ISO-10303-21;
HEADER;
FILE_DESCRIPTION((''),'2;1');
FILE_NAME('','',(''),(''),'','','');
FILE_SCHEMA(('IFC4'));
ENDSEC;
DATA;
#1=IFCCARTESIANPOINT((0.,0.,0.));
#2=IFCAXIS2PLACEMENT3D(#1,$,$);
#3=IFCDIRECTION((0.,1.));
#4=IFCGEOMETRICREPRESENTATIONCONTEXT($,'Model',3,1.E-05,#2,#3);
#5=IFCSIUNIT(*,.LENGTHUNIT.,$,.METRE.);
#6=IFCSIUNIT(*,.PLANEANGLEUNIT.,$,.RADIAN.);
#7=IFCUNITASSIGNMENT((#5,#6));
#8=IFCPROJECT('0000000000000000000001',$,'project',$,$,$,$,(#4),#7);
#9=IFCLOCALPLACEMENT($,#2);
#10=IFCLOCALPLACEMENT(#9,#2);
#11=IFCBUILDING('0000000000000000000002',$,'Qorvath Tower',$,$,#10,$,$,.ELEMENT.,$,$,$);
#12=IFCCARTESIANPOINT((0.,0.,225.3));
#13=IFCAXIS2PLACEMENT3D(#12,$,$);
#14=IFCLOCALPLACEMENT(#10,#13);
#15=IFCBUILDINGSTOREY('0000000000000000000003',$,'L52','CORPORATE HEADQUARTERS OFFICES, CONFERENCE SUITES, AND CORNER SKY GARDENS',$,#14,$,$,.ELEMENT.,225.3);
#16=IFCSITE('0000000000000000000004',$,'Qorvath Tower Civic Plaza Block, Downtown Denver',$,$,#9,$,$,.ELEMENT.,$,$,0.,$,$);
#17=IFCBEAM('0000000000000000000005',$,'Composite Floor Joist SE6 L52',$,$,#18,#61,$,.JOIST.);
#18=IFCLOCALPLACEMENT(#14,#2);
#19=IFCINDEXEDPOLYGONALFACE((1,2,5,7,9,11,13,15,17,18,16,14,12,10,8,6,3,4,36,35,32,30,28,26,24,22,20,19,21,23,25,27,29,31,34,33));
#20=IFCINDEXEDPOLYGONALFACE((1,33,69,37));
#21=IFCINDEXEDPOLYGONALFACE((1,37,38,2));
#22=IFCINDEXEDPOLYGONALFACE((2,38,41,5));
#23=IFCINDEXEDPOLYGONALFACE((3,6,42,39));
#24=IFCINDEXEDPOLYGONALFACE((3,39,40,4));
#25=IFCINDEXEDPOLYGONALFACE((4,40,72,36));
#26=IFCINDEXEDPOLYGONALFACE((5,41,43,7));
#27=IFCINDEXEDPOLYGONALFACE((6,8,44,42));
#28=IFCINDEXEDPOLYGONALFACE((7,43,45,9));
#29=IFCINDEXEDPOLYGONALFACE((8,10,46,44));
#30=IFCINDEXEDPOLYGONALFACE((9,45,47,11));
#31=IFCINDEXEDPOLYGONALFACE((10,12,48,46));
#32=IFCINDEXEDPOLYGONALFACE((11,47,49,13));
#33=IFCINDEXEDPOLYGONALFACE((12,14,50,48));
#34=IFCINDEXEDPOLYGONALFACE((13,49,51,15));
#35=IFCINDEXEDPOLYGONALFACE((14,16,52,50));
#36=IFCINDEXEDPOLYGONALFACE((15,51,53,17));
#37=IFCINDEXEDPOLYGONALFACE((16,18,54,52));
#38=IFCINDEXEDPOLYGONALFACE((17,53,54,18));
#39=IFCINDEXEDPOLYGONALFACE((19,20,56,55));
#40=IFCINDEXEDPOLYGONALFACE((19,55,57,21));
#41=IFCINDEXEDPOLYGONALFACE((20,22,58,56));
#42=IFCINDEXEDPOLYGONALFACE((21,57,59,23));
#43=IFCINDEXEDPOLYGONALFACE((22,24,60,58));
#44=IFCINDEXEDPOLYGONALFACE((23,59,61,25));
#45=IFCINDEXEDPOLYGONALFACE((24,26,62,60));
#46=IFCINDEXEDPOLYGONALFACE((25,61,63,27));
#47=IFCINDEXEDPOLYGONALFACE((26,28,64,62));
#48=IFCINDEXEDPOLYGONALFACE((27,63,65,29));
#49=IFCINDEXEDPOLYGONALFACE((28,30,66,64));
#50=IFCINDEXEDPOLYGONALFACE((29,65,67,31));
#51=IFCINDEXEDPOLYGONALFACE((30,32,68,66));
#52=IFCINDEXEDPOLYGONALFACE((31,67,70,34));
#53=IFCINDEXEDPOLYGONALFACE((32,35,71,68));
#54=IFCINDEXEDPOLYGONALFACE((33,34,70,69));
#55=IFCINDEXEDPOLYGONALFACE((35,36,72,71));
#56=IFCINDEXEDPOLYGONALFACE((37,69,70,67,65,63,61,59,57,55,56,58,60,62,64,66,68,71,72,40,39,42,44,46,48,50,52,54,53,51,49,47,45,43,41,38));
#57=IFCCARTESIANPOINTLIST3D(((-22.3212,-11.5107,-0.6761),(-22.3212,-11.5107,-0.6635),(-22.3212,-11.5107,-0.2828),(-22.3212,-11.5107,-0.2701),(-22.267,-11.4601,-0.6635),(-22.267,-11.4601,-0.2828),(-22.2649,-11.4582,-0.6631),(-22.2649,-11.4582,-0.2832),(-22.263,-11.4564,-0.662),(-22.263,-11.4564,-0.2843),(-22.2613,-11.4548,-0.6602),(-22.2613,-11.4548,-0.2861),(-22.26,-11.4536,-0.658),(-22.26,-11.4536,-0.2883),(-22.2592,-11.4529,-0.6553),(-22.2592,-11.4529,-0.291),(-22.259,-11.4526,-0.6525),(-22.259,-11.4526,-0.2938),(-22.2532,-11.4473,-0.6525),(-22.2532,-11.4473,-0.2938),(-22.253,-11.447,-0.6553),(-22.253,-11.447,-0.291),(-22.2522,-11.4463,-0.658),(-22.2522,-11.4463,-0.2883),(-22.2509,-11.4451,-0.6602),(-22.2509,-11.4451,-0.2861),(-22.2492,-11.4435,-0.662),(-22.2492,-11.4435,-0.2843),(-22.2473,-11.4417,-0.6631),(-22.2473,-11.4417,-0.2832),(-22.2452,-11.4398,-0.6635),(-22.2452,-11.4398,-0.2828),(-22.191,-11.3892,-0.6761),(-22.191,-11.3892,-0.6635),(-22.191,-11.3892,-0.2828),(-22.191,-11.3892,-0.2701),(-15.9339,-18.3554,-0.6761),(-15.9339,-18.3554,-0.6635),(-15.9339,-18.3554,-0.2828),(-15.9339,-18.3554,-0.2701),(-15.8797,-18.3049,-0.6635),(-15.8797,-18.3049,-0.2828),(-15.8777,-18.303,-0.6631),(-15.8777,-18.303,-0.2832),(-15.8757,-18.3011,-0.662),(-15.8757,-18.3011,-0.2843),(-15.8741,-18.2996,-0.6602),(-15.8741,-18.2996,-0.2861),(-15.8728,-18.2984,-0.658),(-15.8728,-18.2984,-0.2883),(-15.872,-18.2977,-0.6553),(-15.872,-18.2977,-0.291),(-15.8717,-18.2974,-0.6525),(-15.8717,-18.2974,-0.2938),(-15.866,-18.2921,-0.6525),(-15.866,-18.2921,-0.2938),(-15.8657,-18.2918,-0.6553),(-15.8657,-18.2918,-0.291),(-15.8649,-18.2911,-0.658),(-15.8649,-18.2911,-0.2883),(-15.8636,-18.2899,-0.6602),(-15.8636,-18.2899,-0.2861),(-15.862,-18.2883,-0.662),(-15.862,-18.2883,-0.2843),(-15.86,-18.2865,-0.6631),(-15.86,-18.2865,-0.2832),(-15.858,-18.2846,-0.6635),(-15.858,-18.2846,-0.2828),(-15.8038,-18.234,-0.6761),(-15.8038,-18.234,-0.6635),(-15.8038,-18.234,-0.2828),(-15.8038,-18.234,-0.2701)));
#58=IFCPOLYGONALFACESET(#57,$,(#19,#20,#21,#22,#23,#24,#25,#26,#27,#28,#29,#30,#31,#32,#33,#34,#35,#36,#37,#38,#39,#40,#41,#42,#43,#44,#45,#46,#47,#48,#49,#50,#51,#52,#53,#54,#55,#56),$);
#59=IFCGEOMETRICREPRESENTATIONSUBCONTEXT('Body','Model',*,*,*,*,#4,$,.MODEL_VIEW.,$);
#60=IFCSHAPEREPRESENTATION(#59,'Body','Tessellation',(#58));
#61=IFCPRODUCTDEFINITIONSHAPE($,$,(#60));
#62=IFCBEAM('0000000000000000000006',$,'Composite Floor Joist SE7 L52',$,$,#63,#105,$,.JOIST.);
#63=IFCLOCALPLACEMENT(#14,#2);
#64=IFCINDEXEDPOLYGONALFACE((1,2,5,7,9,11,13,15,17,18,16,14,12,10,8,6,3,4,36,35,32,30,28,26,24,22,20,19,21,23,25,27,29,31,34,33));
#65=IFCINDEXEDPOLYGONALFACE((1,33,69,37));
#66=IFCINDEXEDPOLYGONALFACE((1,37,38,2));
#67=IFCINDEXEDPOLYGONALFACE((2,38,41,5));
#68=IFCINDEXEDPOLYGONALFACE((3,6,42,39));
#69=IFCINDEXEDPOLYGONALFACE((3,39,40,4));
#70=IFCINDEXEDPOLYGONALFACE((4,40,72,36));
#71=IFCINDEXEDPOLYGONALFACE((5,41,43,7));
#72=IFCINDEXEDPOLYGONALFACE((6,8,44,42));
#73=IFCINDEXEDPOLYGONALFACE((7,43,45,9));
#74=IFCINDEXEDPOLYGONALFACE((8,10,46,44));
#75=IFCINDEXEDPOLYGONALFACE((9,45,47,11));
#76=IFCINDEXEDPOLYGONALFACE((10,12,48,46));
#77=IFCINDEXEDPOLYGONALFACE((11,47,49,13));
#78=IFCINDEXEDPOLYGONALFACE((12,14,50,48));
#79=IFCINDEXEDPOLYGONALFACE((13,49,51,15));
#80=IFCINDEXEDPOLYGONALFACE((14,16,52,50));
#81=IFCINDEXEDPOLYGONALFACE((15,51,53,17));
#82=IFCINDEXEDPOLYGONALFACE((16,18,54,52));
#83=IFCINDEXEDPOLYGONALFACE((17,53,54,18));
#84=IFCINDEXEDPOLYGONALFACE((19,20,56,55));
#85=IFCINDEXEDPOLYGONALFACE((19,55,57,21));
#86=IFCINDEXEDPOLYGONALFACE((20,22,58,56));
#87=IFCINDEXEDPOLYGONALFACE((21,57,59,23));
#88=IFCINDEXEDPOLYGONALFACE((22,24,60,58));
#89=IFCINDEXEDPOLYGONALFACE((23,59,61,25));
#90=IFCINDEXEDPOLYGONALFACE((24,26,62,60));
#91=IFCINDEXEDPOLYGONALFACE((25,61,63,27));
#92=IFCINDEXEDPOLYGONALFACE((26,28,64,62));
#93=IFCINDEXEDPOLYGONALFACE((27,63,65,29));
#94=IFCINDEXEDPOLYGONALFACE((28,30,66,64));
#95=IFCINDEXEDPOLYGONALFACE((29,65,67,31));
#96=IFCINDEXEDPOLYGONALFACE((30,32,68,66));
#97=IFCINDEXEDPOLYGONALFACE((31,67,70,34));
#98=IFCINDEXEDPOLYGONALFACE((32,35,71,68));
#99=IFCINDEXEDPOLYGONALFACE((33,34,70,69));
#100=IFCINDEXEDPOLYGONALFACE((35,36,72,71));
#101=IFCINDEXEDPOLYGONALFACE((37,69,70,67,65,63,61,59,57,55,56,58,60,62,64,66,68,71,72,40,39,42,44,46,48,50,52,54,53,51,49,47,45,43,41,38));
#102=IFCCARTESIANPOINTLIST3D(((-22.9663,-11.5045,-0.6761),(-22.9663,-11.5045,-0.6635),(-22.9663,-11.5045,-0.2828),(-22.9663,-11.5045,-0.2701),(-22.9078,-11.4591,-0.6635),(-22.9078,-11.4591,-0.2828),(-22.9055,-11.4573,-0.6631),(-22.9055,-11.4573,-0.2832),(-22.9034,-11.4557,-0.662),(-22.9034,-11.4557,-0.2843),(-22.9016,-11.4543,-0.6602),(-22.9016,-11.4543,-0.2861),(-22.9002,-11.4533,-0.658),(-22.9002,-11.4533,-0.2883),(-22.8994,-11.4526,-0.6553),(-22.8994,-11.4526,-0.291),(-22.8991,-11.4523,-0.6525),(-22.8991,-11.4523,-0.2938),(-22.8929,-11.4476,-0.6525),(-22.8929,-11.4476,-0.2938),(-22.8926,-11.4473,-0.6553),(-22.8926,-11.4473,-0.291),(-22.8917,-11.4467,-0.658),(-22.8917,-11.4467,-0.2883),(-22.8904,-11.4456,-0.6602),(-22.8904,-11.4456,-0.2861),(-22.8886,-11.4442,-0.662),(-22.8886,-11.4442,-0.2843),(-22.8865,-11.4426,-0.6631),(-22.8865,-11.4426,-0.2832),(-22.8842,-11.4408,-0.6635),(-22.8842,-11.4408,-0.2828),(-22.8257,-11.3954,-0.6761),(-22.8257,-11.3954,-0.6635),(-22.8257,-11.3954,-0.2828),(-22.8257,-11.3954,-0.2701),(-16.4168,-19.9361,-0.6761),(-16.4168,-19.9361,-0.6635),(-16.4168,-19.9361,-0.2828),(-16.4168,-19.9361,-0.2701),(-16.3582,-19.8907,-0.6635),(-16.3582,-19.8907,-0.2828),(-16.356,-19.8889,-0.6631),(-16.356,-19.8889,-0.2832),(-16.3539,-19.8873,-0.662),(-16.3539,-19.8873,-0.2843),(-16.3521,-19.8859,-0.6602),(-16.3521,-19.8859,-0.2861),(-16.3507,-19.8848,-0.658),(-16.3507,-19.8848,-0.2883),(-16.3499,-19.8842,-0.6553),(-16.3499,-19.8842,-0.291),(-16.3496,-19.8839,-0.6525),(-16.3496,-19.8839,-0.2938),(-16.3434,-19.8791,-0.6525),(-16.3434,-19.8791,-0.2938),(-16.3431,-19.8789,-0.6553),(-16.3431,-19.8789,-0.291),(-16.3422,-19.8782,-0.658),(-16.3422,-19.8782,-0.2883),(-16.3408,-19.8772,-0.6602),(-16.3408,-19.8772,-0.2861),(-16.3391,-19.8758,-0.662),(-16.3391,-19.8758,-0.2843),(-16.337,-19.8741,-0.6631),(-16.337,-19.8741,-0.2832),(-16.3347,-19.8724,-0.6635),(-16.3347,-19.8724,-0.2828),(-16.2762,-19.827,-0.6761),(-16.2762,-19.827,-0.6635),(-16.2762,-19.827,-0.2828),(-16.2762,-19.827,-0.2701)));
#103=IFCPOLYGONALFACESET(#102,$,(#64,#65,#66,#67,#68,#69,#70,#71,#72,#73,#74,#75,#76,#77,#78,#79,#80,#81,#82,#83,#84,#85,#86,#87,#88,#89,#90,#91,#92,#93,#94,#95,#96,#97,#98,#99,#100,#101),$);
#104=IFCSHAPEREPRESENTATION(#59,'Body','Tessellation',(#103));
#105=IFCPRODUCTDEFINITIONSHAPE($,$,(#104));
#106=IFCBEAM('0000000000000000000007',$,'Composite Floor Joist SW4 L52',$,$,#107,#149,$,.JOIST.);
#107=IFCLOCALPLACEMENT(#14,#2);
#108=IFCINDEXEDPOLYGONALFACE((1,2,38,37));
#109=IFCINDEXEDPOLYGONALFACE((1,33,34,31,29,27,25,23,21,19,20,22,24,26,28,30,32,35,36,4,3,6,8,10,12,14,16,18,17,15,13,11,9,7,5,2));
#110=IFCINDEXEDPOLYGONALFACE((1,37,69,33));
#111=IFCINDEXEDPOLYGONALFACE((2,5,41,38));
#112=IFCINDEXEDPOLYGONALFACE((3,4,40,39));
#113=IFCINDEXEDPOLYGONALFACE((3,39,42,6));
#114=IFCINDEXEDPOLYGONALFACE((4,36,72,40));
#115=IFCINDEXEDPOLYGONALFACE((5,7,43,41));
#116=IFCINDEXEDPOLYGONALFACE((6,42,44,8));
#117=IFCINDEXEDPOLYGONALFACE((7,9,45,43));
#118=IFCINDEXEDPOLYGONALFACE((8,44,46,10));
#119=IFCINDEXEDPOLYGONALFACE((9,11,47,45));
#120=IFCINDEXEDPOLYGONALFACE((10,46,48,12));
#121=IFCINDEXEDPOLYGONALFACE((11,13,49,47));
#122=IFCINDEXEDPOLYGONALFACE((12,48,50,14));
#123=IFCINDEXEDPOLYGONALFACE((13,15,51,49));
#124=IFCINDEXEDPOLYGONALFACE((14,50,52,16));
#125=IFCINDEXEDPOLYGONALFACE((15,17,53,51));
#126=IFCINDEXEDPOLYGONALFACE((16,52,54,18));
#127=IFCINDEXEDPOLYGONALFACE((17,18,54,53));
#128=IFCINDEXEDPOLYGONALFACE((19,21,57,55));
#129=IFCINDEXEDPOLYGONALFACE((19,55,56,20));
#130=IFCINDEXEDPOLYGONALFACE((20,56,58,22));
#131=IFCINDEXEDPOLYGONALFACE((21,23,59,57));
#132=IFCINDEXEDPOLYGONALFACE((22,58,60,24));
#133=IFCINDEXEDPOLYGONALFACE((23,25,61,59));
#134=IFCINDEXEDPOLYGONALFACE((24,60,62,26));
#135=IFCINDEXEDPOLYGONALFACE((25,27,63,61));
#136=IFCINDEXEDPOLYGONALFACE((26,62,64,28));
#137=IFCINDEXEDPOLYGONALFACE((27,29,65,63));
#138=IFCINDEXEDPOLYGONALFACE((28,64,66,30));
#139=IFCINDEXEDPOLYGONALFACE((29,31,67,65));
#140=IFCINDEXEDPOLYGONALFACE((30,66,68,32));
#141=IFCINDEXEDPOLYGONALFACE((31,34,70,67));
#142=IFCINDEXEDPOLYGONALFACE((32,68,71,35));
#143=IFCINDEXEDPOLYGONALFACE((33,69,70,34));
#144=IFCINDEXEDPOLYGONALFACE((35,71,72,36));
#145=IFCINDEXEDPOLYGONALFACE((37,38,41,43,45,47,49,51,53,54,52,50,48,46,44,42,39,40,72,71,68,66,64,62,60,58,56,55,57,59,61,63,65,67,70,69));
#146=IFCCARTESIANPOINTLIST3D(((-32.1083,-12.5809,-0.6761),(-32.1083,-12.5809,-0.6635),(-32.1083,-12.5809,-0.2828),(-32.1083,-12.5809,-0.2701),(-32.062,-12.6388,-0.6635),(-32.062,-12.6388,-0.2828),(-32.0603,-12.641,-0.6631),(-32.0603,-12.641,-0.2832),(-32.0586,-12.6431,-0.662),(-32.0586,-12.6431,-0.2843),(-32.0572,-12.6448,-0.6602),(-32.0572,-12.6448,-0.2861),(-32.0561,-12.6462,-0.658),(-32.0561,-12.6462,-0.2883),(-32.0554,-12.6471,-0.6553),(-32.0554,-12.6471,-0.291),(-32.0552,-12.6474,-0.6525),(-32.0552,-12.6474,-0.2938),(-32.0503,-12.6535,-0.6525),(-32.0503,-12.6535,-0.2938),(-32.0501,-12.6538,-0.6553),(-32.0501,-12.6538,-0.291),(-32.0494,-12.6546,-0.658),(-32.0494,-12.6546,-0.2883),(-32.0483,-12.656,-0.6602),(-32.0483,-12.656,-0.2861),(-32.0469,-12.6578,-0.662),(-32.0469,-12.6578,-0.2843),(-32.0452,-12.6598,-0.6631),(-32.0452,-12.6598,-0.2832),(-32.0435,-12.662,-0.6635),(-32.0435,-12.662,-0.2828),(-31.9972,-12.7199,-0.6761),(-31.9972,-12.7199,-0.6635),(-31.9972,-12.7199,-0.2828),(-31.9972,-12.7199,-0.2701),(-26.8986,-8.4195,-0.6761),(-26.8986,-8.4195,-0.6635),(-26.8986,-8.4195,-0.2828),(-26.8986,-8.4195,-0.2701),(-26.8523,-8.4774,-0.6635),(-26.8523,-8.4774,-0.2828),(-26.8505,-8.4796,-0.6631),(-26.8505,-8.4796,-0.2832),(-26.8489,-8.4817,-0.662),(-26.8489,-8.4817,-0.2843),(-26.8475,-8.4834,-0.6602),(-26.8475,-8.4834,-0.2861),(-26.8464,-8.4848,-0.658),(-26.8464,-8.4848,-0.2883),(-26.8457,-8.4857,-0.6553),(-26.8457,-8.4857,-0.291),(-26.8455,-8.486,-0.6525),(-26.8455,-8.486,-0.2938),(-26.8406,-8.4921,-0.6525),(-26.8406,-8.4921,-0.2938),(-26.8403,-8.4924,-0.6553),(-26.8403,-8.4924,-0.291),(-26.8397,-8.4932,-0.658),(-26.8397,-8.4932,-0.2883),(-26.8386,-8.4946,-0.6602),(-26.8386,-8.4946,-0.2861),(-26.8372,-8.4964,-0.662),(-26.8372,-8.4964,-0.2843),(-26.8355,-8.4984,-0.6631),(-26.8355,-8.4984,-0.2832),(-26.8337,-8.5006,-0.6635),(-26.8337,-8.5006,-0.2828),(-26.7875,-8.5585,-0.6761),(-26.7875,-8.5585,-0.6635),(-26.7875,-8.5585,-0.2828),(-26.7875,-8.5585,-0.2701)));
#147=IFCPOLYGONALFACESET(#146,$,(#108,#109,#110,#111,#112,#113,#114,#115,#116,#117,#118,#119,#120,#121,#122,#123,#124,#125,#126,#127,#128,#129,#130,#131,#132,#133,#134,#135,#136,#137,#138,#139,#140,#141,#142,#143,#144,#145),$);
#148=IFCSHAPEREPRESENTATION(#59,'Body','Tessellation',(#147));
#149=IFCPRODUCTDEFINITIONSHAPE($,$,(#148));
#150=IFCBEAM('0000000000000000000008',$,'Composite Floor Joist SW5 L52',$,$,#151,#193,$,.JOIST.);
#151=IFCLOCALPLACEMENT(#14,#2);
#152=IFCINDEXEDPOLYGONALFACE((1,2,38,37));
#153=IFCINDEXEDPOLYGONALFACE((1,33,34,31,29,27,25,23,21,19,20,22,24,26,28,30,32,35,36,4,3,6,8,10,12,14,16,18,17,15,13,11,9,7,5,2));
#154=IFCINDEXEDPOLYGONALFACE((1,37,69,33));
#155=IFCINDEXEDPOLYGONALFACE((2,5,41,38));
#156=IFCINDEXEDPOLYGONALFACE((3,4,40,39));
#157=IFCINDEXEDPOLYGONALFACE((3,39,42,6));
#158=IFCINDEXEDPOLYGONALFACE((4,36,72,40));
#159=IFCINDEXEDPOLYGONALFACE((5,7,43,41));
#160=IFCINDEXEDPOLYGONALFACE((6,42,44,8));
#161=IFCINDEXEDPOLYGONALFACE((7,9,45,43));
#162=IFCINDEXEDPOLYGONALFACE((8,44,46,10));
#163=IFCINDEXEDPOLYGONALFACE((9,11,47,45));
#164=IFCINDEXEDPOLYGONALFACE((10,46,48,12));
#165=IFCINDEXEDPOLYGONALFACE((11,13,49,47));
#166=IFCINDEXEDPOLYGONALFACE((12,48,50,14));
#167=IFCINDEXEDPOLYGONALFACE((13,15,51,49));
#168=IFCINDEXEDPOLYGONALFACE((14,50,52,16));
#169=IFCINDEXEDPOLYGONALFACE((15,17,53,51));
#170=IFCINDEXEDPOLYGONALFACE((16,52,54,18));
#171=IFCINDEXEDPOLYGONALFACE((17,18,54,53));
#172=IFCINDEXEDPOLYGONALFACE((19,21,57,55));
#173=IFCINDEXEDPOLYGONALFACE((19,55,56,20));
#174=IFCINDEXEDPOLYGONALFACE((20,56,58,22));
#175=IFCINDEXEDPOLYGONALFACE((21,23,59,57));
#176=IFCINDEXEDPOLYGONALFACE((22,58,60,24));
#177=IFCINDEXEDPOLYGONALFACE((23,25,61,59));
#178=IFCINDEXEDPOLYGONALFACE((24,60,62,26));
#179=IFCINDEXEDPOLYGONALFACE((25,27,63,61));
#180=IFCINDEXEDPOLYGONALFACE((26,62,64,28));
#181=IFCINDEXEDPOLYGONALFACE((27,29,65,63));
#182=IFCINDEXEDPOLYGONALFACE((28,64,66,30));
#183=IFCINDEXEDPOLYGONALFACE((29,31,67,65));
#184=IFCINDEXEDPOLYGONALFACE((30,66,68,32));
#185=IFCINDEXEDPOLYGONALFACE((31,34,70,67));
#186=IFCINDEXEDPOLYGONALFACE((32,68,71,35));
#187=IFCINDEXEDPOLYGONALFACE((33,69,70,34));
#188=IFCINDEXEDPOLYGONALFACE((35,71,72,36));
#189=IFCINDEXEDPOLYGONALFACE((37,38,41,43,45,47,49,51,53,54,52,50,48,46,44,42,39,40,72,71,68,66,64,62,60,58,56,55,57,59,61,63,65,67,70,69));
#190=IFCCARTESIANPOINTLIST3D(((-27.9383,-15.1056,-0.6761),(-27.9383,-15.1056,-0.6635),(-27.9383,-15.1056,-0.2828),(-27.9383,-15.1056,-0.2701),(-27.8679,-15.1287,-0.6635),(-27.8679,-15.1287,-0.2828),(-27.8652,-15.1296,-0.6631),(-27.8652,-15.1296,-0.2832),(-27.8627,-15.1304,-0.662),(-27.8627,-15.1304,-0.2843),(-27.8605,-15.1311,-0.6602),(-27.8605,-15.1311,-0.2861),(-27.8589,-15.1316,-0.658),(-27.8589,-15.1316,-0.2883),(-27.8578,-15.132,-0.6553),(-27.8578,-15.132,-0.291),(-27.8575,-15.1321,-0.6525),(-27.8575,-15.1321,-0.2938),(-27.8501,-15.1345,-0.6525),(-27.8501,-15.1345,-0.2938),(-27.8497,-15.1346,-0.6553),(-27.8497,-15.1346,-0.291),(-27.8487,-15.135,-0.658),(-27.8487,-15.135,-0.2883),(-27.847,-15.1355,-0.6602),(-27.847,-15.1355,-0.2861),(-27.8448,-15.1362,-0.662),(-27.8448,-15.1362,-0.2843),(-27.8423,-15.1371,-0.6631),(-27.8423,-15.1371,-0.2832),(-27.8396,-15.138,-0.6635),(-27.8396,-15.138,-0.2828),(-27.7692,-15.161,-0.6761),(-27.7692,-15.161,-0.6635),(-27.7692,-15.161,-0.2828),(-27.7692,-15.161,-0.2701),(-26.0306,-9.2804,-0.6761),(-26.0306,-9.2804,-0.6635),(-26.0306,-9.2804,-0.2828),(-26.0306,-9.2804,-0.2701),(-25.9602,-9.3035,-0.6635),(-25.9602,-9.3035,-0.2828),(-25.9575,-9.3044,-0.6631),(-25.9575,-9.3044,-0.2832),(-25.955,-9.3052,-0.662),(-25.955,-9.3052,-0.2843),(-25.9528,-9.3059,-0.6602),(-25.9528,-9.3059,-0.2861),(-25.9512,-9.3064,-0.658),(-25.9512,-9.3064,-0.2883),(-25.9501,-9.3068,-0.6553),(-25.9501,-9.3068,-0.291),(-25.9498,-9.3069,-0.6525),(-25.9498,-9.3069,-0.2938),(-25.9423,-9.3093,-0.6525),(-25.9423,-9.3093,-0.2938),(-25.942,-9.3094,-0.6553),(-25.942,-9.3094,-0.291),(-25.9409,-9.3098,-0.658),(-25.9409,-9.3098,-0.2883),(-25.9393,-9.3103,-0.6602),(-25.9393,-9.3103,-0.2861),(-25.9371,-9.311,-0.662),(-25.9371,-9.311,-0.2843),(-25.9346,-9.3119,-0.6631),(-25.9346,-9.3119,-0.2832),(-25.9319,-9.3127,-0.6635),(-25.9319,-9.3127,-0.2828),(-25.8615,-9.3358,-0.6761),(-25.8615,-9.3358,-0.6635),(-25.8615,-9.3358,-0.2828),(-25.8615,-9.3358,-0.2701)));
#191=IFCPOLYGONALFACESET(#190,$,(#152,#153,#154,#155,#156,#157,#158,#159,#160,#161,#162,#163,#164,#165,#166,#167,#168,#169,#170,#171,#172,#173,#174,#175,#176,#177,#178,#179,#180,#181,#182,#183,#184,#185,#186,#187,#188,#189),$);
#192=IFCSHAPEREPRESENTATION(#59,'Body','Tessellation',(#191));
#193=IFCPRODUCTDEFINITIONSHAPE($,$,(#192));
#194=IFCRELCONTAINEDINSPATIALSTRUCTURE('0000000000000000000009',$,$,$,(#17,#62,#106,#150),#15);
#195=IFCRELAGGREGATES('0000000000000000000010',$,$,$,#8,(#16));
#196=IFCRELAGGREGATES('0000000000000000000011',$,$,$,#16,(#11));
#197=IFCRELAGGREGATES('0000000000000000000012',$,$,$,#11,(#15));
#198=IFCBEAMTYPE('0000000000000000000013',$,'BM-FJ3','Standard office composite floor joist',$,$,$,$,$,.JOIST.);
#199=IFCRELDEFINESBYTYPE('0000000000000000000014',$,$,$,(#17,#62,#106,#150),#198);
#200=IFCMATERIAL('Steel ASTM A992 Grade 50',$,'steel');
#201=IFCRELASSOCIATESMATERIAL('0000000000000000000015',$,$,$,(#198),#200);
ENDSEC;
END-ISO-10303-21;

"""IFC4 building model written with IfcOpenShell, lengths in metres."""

from ifc_helpers import new_model, si_unit, direction, frame, origin, origin_2d, place, context, subcontext, project, spatial, i_section, extrude, material, material_profile, profile_set, type_object, element, save


model = new_model("IFC4")

# Units and contexts
model_context = context("Model", 3, precision=1e-05, world=origin(), true_north=direction((0.0, 1.0)))
body_context = subcontext(model_context, "Body", "Model", "MODEL_VIEW")
ifc_project = project(units=[si_unit("LENGTHUNIT", "METRE"), si_unit("PLANEANGLEUNIT", "RADIAN")], contexts=[model_context])

# Site, building, storey
site_placement = place(None, origin())
site = spatial("IfcSite", under=ifc_project, at=site_placement, Name="Qorvath Tower Civic Plaza Block, Downtown Denver", CompositionType="ELEMENT", RefElevation=0.0)
building_placement = place(site_placement, origin())
building = spatial("IfcBuilding", under=site, at=building_placement, Name="Qorvath Tower", CompositionType="ELEMENT")
storey_placement = place(building_placement, frame((0.0, 0.0, 225.3)))
storey = spatial("IfcBuildingStorey", under=building, at=storey_placement, Name="L52", Description="CORPORATE HEADQUARTERS OFFICES, CONFERENCE SUITES, AND CORNER SKY GARDENS", CompositionType="ELEMENT", Elevation=225.3)

# Beams
ifc_material_1 = material(Name="Steel ASTM A992 Grade 50", Category="steel")
ifc_material_profile_1 = material_profile(ifc_material_1, i_section(OverallWidth=0.178, OverallDepth=0.406, WebThickness=0.0078, FlangeThickness=0.0127, FilletRadius=0.011, at=origin_2d()), Name="W16x40")
ifc_profile_set_1 = profile_set([ifc_material_profile_1], Name="Steel ASTM A992 Grade 50")
beam_type_1 = type_object("IfcBeamType", Name="BM-FJ3", Description="Standard office composite floor joist", PredefinedType="JOIST", material=ifc_profile_set_1)
beam_1_placement = place(storey_placement, frame((-22.2561, -11.45, -0.4731), z_axis=(0.682249, -0.731119, 0.0), x_axis=(0.731119, 0.682249, 0.0)))
element("IfcBeam", 1, at=beam_1_placement, inside=storey, type_object=beam_type_1, Name="Composite Floor Joist SE6 L52", PredefinedType="JOIST", context=body_context, shape_type="SweptSolid", body=[
    extrude(i_section(OverallWidth=0.178, OverallDepth=0.406, WebThickness=0.0078, FlangeThickness=0.0127, FilletRadius=0.011, at=origin_2d()), origin(), (0.0, 0.0, 1.0), 9.3621),
])
beam_2_placement = place(storey_placement, frame((-22.896, -11.45, -0.4731), z_axis=(0.613451, -0.789733, 0.0), x_axis=(0.789733, 0.613451, 0.0)))
element("IfcBeam", 2, at=beam_2_placement, inside=storey, type_object=beam_type_1, Name="Composite Floor Joist SE7 L52", PredefinedType="JOIST", context=body_context, shape_type="SweptSolid", body=[
    extrude(i_section(OverallWidth=0.178, OverallDepth=0.406, WebThickness=0.0078, FlangeThickness=0.0127, FilletRadius=0.011, at=origin_2d()), origin(), (0.0, 0.0, 1.0), 10.6765),
])
beam_3_placement = place(storey_placement, frame((-26.843, -8.489, -0.4731), z_axis=(-0.781337, -0.62411, 0.0), x_axis=(0.62411, -0.781337, 0.0)))
element("IfcBeam", 3, at=beam_3_placement, inside=storey, type_object=beam_type_1, Name="Composite Floor Joist SW4 L52", PredefinedType="JOIST", context=body_context, shape_type="SweptSolid", body=[
    extrude(i_section(OverallWidth=0.178, OverallDepth=0.406, WebThickness=0.0078, FlangeThickness=0.0127, FilletRadius=0.011, at=origin_2d()), origin(), (0.0, 0.0, 1.0), 6.6677),
])
beam_4_placement = place(storey_placement, frame((-25.946, -9.3081, -0.4731), z_axis=(-0.311229, -0.950335, 0.0), x_axis=(0.950335, -0.311229, 0.0)))
element("IfcBeam", 4, at=beam_4_placement, inside=storey, type_object=beam_type_1, Name="Composite Floor Joist SW5 L52", PredefinedType="JOIST", context=body_context, shape_type="SweptSolid", body=[
    extrude(i_section(OverallWidth=0.178, OverallDepth=0.406, WebThickness=0.0078, FlangeThickness=0.0127, FilletRadius=0.011, at=origin_2d()), origin(), (0.0, 0.0, 1.0), 6.1296),
])

save(model, "model.ifc")
